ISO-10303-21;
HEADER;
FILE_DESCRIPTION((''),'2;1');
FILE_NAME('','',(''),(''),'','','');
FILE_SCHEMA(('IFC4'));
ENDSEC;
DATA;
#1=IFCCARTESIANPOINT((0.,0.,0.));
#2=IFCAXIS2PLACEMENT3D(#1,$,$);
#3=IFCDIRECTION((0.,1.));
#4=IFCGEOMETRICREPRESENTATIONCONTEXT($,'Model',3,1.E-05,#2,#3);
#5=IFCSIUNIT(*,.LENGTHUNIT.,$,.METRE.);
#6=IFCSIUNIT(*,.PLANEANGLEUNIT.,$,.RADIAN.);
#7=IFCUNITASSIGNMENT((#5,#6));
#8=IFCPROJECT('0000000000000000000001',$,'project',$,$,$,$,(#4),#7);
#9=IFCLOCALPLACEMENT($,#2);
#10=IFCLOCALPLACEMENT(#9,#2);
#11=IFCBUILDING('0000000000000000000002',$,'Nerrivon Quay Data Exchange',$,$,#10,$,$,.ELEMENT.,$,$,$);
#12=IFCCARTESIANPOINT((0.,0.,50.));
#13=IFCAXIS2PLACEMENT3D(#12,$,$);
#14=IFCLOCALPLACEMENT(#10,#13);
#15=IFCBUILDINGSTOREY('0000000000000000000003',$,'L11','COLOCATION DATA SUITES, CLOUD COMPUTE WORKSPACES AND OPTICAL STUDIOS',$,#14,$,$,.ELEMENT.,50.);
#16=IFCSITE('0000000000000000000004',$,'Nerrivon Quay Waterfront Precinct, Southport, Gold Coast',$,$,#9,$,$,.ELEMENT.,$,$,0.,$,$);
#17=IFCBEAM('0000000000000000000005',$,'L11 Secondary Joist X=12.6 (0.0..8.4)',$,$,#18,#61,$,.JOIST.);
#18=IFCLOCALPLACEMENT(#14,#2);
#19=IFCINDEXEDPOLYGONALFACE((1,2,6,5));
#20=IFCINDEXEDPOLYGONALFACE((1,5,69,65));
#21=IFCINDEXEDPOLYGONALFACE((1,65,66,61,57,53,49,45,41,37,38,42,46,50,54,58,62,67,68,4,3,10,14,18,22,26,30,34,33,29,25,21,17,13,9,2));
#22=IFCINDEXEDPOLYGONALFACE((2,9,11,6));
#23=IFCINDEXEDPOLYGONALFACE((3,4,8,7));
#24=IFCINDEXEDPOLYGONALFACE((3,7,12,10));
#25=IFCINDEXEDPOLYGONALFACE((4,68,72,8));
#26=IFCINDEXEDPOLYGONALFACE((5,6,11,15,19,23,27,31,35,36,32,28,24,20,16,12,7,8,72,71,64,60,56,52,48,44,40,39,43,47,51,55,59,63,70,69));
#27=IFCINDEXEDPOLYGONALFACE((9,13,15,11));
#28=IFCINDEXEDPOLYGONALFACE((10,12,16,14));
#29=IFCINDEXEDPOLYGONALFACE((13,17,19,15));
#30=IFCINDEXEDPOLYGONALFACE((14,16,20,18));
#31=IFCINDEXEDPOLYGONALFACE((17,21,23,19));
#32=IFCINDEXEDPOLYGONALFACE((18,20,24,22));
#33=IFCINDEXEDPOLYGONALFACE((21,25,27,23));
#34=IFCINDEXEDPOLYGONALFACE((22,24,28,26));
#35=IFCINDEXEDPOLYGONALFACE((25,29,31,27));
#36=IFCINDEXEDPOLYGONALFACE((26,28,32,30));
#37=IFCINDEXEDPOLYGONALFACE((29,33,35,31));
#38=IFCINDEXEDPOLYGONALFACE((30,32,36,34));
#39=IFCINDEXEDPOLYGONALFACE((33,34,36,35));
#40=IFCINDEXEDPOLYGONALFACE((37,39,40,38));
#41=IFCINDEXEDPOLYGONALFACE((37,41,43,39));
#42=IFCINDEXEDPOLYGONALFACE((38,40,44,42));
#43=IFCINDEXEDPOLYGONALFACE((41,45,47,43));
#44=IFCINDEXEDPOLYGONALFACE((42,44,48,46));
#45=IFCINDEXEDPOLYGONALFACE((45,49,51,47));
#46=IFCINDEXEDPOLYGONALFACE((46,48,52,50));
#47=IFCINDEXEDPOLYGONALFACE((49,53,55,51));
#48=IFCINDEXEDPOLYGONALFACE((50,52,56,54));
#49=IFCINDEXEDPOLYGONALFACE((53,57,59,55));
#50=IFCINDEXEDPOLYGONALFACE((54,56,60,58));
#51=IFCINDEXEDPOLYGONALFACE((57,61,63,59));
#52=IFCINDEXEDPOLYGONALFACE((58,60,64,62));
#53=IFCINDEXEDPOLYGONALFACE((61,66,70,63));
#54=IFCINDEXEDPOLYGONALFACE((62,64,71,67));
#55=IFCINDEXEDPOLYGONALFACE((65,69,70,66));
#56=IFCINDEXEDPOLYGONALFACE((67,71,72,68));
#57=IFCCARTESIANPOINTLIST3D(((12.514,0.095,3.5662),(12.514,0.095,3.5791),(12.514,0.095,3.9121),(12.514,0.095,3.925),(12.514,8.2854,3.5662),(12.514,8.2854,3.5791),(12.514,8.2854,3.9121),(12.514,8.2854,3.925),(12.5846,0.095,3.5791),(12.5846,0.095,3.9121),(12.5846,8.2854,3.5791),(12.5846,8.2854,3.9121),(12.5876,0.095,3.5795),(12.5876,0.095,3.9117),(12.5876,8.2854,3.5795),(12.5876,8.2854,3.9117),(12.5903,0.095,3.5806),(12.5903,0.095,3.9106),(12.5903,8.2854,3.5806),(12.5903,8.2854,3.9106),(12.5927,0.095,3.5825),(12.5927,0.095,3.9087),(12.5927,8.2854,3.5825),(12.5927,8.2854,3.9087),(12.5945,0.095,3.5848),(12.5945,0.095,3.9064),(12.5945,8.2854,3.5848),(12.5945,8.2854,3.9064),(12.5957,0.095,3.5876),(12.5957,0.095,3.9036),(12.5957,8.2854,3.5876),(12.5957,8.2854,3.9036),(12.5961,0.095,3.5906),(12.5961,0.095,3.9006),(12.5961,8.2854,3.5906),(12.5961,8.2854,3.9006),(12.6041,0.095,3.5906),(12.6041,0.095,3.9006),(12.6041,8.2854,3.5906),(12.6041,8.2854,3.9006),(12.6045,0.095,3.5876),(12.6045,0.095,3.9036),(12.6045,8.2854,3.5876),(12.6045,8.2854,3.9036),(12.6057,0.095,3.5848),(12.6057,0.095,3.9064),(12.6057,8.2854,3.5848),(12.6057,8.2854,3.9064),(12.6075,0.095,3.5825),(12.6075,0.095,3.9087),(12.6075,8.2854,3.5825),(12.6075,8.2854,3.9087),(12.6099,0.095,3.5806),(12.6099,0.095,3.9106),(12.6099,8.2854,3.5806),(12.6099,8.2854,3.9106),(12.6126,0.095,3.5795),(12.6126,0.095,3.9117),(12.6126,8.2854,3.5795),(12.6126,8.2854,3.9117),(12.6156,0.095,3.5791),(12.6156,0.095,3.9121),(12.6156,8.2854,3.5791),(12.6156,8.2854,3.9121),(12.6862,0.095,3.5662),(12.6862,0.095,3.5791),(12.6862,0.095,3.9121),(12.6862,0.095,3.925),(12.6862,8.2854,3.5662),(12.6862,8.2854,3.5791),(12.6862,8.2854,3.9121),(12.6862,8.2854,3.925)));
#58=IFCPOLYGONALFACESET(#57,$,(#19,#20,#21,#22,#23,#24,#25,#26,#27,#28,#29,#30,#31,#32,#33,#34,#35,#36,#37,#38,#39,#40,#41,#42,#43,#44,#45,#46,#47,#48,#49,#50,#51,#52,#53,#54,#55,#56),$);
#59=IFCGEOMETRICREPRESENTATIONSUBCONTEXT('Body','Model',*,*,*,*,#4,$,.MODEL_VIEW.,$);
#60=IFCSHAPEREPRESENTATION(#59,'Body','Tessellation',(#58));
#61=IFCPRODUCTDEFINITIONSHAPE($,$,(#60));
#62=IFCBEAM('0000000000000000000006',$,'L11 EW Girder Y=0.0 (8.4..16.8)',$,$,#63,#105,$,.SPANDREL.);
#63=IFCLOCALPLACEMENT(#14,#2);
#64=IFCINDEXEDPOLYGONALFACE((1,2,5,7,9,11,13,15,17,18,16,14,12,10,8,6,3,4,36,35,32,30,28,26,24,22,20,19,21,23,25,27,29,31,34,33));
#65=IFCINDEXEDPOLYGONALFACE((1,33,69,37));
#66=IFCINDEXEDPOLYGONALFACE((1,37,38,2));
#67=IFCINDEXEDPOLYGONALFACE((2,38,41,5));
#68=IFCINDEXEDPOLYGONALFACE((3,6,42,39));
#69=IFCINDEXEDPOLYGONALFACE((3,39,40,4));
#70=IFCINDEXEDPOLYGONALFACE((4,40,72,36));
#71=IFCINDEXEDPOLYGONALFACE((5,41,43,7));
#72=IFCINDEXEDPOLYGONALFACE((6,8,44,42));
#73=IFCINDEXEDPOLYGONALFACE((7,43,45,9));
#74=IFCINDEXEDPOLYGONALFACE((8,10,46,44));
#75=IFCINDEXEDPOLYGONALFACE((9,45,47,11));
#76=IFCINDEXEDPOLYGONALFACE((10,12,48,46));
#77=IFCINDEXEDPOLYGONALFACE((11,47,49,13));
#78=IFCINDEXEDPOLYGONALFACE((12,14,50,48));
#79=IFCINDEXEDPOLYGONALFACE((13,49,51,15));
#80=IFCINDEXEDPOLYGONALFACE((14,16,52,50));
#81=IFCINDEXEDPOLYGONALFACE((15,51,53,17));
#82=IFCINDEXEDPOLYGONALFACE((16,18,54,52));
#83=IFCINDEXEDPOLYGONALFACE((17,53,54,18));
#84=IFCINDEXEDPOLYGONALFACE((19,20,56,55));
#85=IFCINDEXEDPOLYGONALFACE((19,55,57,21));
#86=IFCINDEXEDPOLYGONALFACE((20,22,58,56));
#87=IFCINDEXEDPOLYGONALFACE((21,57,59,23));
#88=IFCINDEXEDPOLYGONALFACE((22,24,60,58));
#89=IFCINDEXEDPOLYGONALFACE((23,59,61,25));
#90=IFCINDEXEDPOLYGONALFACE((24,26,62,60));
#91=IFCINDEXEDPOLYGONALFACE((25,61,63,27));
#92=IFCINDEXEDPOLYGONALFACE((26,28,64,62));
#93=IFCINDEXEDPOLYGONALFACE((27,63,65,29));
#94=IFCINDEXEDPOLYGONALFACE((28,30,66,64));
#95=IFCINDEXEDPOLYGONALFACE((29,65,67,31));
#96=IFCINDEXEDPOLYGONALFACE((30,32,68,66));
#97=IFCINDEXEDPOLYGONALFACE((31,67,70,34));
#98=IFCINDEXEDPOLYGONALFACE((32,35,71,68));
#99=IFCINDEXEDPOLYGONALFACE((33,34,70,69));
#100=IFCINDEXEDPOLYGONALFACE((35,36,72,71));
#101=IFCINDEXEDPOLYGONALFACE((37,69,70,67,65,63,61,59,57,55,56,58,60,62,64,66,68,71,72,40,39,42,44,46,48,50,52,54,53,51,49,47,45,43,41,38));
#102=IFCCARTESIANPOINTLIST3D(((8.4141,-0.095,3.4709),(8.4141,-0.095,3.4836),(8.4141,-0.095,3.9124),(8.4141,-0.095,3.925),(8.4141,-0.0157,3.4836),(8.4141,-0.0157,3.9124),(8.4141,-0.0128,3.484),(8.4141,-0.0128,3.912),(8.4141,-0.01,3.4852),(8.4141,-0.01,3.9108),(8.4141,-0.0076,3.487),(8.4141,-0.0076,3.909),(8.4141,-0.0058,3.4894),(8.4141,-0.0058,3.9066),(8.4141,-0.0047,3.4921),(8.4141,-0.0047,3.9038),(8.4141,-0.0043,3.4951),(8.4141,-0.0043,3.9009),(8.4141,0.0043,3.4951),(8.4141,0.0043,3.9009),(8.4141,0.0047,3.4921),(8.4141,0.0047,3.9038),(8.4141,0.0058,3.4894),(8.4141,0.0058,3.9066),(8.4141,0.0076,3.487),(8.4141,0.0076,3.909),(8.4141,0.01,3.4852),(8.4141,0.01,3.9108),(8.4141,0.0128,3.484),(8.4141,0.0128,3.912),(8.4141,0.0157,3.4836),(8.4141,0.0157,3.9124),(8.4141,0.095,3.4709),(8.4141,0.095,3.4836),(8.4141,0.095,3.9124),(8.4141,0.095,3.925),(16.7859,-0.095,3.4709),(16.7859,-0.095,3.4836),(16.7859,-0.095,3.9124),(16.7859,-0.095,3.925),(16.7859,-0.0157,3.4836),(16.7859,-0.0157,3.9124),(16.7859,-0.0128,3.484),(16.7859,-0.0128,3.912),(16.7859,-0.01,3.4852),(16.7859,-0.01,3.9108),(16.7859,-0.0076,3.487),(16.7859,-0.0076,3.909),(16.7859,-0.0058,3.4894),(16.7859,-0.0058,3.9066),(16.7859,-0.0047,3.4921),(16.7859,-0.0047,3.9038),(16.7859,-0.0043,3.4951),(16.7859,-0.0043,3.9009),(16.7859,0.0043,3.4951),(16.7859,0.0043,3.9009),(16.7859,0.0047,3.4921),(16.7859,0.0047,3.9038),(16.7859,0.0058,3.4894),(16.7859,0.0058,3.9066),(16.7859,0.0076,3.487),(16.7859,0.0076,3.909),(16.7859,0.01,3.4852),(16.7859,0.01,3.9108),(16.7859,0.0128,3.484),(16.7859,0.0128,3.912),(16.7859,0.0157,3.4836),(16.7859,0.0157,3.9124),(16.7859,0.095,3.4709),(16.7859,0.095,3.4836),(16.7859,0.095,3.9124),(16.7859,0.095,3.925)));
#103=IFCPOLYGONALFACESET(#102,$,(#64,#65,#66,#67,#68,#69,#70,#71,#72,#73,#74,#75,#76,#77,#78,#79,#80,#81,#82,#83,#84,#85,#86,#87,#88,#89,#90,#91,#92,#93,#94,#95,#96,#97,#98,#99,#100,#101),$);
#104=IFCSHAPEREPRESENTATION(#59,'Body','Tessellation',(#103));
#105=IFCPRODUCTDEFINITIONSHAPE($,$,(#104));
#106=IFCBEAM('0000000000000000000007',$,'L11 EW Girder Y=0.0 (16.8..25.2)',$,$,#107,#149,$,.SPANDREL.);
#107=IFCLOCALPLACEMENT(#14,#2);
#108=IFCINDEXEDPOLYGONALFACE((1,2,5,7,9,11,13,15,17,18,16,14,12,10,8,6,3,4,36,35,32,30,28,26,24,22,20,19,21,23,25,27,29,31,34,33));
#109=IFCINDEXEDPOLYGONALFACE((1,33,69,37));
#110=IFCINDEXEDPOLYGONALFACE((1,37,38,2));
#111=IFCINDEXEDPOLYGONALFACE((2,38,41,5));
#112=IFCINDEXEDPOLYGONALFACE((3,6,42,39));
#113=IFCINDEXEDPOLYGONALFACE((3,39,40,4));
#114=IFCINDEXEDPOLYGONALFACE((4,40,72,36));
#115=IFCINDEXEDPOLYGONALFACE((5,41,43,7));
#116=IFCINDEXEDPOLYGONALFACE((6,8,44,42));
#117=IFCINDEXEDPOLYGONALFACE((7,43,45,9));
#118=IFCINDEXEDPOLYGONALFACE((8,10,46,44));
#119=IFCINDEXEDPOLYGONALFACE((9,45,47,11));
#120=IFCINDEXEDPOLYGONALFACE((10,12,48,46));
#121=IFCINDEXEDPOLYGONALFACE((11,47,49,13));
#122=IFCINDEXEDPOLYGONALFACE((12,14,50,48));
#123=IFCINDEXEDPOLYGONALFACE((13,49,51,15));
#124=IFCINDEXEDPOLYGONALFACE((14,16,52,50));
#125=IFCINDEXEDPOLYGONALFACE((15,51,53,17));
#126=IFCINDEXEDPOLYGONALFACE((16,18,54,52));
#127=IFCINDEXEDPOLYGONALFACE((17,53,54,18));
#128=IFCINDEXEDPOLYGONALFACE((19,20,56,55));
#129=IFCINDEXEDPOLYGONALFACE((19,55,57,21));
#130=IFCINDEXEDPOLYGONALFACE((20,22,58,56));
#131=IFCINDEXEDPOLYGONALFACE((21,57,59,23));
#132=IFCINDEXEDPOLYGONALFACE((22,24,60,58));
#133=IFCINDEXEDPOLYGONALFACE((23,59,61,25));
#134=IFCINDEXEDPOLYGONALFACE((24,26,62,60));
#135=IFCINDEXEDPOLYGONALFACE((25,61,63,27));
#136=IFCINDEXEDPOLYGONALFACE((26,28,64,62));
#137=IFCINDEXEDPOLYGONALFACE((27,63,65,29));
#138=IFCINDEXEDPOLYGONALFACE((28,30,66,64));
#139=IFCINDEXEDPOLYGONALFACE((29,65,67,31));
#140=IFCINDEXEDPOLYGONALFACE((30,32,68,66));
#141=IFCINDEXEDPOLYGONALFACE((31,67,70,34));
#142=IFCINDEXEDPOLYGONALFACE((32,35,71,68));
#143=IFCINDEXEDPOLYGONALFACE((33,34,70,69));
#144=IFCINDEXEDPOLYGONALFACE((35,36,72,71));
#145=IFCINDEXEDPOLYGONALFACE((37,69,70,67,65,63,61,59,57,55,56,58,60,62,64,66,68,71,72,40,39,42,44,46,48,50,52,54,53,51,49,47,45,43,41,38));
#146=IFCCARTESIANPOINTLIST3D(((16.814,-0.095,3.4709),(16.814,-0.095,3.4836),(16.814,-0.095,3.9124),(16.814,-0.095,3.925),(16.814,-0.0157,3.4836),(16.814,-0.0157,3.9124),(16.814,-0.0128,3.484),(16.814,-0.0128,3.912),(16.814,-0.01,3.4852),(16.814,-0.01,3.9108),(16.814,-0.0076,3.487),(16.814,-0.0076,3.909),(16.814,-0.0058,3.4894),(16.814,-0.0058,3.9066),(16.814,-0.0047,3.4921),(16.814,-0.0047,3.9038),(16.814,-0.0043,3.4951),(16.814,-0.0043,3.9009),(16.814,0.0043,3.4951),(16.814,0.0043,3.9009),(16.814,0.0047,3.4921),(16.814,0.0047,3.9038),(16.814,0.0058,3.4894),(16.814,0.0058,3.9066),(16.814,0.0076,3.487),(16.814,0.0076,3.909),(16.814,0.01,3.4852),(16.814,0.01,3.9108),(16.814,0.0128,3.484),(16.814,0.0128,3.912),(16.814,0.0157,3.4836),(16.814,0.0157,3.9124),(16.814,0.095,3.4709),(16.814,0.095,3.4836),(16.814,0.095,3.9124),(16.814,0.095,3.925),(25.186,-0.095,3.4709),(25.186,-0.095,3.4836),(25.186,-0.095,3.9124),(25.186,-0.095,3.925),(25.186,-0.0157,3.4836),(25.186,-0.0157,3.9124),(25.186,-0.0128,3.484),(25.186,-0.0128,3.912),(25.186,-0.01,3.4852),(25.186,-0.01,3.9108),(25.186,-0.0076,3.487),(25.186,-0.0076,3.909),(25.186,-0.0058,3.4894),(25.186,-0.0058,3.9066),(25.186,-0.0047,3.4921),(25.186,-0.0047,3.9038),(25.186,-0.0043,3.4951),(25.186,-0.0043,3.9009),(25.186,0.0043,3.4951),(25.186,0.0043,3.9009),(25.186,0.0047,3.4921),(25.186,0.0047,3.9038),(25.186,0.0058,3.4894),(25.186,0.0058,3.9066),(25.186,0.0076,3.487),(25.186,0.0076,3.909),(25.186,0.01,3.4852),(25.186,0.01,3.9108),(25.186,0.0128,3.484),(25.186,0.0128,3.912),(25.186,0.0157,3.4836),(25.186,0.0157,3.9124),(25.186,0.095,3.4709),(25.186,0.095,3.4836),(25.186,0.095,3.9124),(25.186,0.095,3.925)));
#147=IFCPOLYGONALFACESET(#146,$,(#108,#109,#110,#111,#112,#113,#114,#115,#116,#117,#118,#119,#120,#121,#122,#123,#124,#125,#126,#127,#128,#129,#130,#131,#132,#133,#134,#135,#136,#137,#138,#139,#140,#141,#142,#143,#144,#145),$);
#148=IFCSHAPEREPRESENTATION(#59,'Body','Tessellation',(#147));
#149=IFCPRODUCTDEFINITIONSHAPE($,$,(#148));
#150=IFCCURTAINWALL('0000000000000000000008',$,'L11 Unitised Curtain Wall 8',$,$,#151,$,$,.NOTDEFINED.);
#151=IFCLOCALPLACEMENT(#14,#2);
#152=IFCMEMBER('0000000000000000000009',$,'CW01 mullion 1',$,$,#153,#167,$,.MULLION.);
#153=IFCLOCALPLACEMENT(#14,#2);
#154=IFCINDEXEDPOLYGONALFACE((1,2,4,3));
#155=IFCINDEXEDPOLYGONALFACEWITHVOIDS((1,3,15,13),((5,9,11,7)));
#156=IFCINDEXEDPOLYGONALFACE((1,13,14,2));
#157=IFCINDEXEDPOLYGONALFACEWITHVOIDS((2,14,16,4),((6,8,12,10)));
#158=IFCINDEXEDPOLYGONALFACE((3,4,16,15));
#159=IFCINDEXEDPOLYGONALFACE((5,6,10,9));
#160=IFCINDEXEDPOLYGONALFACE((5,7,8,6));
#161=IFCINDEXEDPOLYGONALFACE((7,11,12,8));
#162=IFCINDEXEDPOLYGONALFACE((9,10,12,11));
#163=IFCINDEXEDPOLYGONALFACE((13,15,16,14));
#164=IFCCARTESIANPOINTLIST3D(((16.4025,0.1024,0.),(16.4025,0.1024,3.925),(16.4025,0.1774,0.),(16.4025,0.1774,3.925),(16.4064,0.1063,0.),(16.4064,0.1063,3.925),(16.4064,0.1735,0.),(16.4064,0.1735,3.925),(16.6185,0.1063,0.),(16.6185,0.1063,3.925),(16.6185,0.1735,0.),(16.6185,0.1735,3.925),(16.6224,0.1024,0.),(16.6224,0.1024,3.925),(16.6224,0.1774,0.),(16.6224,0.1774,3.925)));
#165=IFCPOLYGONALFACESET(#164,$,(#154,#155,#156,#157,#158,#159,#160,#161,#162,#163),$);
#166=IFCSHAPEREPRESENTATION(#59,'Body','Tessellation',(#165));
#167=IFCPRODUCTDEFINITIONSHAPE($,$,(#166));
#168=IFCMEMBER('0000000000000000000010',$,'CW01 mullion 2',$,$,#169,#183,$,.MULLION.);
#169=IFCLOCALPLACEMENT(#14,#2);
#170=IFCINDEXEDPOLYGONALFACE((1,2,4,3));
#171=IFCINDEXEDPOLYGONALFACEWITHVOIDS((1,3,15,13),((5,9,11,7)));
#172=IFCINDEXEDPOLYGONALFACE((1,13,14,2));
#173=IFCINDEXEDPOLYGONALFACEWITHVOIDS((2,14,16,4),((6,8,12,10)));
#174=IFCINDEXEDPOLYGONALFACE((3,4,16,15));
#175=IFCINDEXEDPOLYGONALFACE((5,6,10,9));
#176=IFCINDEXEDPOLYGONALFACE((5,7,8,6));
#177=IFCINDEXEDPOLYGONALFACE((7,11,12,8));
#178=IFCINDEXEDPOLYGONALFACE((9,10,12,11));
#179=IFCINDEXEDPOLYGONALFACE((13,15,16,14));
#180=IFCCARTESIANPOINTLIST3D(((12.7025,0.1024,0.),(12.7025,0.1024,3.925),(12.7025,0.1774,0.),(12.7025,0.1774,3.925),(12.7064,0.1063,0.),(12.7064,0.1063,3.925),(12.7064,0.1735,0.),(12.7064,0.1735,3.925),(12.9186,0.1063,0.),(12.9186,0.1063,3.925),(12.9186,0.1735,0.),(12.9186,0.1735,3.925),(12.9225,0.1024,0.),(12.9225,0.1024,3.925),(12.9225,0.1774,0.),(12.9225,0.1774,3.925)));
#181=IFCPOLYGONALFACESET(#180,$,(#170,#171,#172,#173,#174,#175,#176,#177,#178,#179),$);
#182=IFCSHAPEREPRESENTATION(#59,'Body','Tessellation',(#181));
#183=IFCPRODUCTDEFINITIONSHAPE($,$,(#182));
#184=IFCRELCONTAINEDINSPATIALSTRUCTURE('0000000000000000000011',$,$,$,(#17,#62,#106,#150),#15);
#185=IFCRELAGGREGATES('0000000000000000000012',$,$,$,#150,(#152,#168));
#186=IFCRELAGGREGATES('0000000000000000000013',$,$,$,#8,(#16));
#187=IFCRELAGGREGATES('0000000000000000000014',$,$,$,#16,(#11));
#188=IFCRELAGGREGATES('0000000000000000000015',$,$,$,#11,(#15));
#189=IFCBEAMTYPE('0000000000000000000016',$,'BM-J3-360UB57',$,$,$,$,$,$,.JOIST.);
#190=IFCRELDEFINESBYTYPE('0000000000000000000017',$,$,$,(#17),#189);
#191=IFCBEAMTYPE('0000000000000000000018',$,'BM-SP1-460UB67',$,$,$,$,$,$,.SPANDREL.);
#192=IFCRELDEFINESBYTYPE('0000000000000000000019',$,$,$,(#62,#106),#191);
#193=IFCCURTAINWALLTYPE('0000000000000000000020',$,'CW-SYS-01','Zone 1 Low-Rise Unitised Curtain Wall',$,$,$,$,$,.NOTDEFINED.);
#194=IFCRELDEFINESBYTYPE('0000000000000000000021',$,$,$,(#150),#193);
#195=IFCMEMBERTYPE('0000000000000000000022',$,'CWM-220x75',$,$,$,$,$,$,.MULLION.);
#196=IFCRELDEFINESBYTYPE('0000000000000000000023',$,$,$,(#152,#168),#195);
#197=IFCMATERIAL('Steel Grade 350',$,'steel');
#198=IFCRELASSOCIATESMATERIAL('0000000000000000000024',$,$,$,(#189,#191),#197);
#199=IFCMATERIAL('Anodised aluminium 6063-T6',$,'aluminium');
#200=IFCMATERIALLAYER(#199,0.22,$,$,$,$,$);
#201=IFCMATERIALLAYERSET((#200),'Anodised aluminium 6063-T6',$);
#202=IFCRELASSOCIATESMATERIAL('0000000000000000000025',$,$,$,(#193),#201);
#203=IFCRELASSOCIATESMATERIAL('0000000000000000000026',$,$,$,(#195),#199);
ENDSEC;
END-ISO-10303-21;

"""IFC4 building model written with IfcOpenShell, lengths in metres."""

from ifc_helpers import new_model, si_unit, direction, frame, origin, origin_2d, place, context, subcontext, project, spatial, hollow_rectangle, i_section, extrude, material, layer, layer_set, material_profile, profile_set, type_object, element, aggregate, save


model = new_model("IFC4")

# Units and contexts
model_context = context("Model", 3, precision=1e-05, world=origin(), true_north=direction((0.0, 1.0)))
body_context = subcontext(model_context, "Body", "Model", "MODEL_VIEW")
ifc_project = project(units=[si_unit("LENGTHUNIT", "METRE"), si_unit("PLANEANGLEUNIT", "RADIAN")], contexts=[model_context])

# Site, building, storey
site_placement = place(None, origin())
site = spatial("IfcSite", under=ifc_project, at=site_placement, Name="Nerrivon Quay Waterfront Precinct, Southport, Gold Coast", CompositionType="ELEMENT", RefElevation=0.0)
building_placement = place(site_placement, origin())
building = spatial("IfcBuilding", under=site, at=building_placement, Name="Nerrivon Quay Data Exchange", CompositionType="ELEMENT")
storey_placement = place(building_placement, frame((0.0, 0.0, 50.0)))
storey = spatial("IfcBuildingStorey", under=building, at=storey_placement, Name="L11", Description="COLOCATION DATA SUITES, CLOUD COMPUTE WORKSPACES AND OPTICAL STUDIOS", CompositionType="ELEMENT", Elevation=50.0)

# Shared definitions
ifc_material_1 = material(Name="Steel Grade 350", Category="steel")

# Beams
ifc_material_profile_1 = material_profile(ifc_material_1, i_section(OverallWidth=0.1721, OverallDepth=0.3589, WebThickness=0.0081, FlangeThickness=0.0129, FilletRadius=0.0115, at=origin_2d()), Name="360UB56.7")
ifc_profile_set_1 = profile_set([ifc_material_profile_1], Name="Steel Grade 350")
beam_type_1 = type_object("IfcBeamType", Name="BM-J3-360UB57", PredefinedType="JOIST", material=ifc_profile_set_1)
beam_1_placement = place(storey_placement, frame((12.6001, 0.095, 3.7456), z_axis=(0.0, 1.0, 0.0), x_axis=(-1.0, 0.0, 0.0)))
element("IfcBeam", 1, at=beam_1_placement, inside=storey, type_object=beam_type_1, Name="L11 Secondary Joist X=12.6 (0.0..8.4)", PredefinedType="JOIST", context=body_context, shape_type="SweptSolid", body=[
    extrude(i_section(OverallWidth=0.1721, OverallDepth=0.3589, WebThickness=0.0081, FlangeThickness=0.0129, FilletRadius=0.0115, at=origin_2d()), origin(), (0.0, 0.0, 1.0), 8.1904),
])
ifc_material_profile_2 = material_profile(ifc_material_1, i_section(OverallWidth=0.1899, OverallDepth=0.4541, WebThickness=0.0085, FlangeThickness=0.0127, FilletRadius=0.0115, at=origin_2d()), Name="460UB67.1")
ifc_profile_set_2 = profile_set([ifc_material_profile_2], Name="Steel Grade 350")
beam_type_2 = type_object("IfcBeamType", Name="BM-SP1-460UB67", PredefinedType="SPANDREL", material=ifc_profile_set_2)
beam_2_placement = place(storey_placement, frame((8.4141, 0.0, 3.698), z_axis=(1.0, 0.0, 0.0), x_axis=(0.0, 1.0, 0.0)))
element("IfcBeam", 2, at=beam_2_placement, inside=storey, type_object=beam_type_2, Name="L11 EW Girder Y=0.0 (8.4..16.8)", PredefinedType="SPANDREL", context=body_context, shape_type="SweptSolid", body=[
    extrude(i_section(OverallWidth=0.1899, OverallDepth=0.4541, WebThickness=0.0085, FlangeThickness=0.0127, FilletRadius=0.0115, at=origin_2d()), origin(), (0.0, 0.0, 1.0), 8.3718),
])
beam_3_placement = place(storey_placement, frame((16.814, 0.0, 3.698), z_axis=(1.0, 0.0, 0.0), x_axis=(0.0, 1.0, 0.0)))
element("IfcBeam", 3, at=beam_3_placement, inside=storey, type_object=beam_type_2, Name="L11 EW Girder Y=0.0 (16.8..25.2)", PredefinedType="SPANDREL", context=body_context, shape_type="SweptSolid", body=[
    extrude(i_section(OverallWidth=0.1899, OverallDepth=0.4541, WebThickness=0.0085, FlangeThickness=0.0127, FilletRadius=0.0115, at=origin_2d()), origin(), (0.0, 0.0, 1.0), 8.3721),
])

# Curtain wall, members
ifc_material_2 = material(Name="Anodised aluminium 6063-T6", Category="aluminium")
ifc_layer_1 = layer(ifc_material_2, 0.22)
ifc_layer_set_1 = layer_set([ifc_layer_1], Name="Anodised aluminium 6063-T6")
curtain_wall_type = type_object("IfcCurtainWallType", Name="CW-SYS-01", Description="Zone 1 Low-Rise Unitised Curtain Wall", PredefinedType="NOTDEFINED", material=ifc_layer_set_1)
curtain_wall_1_placement = place(storey_placement, origin())
curtain_wall_1 = element("IfcCurtainWall", 4, at=curtain_wall_1_placement, inside=storey, type_object=curtain_wall_type, Name="L11 Unitised Curtain Wall 8", PredefinedType="NOTDEFINED")
ifc_material_profile_3 = material_profile(ifc_material_2, hollow_rectangle(XDim=0.075, YDim=0.22, WallThickness=0.0039, at=origin_2d()), Name="ALU-MULL-220x75")
ifc_profile_set_3 = profile_set([ifc_material_profile_3], Name="Anodised aluminium 6063-T6")
member_type_1 = type_object("IfcMemberType", Name="CWM-220x75", PredefinedType="MULLION", material=ifc_profile_set_3)
member_1_placement = place(storey_placement, frame((16.5125, 0.1399, 0.0), z_axis=(0.0, 0.0, 1.0), x_axis=(0.0, -1.0, 0.0)))
member_1 = element("IfcMember", 5, at=member_1_placement, type_object=member_type_1, Name="CW01 mullion 1", PredefinedType="MULLION", context=body_context, shape_type="SweptSolid", body=[
    extrude(hollow_rectangle(XDim=0.075, YDim=0.22, WallThickness=0.0039, at=origin_2d()), origin(), (0.0, 0.0, 1.0), 3.925),
])
member_2_placement = place(storey_placement, frame((12.8125, 0.1399, 0.0), z_axis=(0.0, 0.0, 1.0), x_axis=(0.0, -1.0, 0.0)))
member_2 = element("IfcMember", 6, at=member_2_placement, type_object=member_type_1, Name="CW01 mullion 2", PredefinedType="MULLION", context=body_context, shape_type="SweptSolid", body=[
    extrude(hollow_rectangle(XDim=0.075, YDim=0.22, WallThickness=0.0039, at=origin_2d()), origin(), (0.0, 0.0, 1.0), 3.925),
])

aggregate(curtain_wall_1, [member_1, member_2])

save(model, "model.ifc")
